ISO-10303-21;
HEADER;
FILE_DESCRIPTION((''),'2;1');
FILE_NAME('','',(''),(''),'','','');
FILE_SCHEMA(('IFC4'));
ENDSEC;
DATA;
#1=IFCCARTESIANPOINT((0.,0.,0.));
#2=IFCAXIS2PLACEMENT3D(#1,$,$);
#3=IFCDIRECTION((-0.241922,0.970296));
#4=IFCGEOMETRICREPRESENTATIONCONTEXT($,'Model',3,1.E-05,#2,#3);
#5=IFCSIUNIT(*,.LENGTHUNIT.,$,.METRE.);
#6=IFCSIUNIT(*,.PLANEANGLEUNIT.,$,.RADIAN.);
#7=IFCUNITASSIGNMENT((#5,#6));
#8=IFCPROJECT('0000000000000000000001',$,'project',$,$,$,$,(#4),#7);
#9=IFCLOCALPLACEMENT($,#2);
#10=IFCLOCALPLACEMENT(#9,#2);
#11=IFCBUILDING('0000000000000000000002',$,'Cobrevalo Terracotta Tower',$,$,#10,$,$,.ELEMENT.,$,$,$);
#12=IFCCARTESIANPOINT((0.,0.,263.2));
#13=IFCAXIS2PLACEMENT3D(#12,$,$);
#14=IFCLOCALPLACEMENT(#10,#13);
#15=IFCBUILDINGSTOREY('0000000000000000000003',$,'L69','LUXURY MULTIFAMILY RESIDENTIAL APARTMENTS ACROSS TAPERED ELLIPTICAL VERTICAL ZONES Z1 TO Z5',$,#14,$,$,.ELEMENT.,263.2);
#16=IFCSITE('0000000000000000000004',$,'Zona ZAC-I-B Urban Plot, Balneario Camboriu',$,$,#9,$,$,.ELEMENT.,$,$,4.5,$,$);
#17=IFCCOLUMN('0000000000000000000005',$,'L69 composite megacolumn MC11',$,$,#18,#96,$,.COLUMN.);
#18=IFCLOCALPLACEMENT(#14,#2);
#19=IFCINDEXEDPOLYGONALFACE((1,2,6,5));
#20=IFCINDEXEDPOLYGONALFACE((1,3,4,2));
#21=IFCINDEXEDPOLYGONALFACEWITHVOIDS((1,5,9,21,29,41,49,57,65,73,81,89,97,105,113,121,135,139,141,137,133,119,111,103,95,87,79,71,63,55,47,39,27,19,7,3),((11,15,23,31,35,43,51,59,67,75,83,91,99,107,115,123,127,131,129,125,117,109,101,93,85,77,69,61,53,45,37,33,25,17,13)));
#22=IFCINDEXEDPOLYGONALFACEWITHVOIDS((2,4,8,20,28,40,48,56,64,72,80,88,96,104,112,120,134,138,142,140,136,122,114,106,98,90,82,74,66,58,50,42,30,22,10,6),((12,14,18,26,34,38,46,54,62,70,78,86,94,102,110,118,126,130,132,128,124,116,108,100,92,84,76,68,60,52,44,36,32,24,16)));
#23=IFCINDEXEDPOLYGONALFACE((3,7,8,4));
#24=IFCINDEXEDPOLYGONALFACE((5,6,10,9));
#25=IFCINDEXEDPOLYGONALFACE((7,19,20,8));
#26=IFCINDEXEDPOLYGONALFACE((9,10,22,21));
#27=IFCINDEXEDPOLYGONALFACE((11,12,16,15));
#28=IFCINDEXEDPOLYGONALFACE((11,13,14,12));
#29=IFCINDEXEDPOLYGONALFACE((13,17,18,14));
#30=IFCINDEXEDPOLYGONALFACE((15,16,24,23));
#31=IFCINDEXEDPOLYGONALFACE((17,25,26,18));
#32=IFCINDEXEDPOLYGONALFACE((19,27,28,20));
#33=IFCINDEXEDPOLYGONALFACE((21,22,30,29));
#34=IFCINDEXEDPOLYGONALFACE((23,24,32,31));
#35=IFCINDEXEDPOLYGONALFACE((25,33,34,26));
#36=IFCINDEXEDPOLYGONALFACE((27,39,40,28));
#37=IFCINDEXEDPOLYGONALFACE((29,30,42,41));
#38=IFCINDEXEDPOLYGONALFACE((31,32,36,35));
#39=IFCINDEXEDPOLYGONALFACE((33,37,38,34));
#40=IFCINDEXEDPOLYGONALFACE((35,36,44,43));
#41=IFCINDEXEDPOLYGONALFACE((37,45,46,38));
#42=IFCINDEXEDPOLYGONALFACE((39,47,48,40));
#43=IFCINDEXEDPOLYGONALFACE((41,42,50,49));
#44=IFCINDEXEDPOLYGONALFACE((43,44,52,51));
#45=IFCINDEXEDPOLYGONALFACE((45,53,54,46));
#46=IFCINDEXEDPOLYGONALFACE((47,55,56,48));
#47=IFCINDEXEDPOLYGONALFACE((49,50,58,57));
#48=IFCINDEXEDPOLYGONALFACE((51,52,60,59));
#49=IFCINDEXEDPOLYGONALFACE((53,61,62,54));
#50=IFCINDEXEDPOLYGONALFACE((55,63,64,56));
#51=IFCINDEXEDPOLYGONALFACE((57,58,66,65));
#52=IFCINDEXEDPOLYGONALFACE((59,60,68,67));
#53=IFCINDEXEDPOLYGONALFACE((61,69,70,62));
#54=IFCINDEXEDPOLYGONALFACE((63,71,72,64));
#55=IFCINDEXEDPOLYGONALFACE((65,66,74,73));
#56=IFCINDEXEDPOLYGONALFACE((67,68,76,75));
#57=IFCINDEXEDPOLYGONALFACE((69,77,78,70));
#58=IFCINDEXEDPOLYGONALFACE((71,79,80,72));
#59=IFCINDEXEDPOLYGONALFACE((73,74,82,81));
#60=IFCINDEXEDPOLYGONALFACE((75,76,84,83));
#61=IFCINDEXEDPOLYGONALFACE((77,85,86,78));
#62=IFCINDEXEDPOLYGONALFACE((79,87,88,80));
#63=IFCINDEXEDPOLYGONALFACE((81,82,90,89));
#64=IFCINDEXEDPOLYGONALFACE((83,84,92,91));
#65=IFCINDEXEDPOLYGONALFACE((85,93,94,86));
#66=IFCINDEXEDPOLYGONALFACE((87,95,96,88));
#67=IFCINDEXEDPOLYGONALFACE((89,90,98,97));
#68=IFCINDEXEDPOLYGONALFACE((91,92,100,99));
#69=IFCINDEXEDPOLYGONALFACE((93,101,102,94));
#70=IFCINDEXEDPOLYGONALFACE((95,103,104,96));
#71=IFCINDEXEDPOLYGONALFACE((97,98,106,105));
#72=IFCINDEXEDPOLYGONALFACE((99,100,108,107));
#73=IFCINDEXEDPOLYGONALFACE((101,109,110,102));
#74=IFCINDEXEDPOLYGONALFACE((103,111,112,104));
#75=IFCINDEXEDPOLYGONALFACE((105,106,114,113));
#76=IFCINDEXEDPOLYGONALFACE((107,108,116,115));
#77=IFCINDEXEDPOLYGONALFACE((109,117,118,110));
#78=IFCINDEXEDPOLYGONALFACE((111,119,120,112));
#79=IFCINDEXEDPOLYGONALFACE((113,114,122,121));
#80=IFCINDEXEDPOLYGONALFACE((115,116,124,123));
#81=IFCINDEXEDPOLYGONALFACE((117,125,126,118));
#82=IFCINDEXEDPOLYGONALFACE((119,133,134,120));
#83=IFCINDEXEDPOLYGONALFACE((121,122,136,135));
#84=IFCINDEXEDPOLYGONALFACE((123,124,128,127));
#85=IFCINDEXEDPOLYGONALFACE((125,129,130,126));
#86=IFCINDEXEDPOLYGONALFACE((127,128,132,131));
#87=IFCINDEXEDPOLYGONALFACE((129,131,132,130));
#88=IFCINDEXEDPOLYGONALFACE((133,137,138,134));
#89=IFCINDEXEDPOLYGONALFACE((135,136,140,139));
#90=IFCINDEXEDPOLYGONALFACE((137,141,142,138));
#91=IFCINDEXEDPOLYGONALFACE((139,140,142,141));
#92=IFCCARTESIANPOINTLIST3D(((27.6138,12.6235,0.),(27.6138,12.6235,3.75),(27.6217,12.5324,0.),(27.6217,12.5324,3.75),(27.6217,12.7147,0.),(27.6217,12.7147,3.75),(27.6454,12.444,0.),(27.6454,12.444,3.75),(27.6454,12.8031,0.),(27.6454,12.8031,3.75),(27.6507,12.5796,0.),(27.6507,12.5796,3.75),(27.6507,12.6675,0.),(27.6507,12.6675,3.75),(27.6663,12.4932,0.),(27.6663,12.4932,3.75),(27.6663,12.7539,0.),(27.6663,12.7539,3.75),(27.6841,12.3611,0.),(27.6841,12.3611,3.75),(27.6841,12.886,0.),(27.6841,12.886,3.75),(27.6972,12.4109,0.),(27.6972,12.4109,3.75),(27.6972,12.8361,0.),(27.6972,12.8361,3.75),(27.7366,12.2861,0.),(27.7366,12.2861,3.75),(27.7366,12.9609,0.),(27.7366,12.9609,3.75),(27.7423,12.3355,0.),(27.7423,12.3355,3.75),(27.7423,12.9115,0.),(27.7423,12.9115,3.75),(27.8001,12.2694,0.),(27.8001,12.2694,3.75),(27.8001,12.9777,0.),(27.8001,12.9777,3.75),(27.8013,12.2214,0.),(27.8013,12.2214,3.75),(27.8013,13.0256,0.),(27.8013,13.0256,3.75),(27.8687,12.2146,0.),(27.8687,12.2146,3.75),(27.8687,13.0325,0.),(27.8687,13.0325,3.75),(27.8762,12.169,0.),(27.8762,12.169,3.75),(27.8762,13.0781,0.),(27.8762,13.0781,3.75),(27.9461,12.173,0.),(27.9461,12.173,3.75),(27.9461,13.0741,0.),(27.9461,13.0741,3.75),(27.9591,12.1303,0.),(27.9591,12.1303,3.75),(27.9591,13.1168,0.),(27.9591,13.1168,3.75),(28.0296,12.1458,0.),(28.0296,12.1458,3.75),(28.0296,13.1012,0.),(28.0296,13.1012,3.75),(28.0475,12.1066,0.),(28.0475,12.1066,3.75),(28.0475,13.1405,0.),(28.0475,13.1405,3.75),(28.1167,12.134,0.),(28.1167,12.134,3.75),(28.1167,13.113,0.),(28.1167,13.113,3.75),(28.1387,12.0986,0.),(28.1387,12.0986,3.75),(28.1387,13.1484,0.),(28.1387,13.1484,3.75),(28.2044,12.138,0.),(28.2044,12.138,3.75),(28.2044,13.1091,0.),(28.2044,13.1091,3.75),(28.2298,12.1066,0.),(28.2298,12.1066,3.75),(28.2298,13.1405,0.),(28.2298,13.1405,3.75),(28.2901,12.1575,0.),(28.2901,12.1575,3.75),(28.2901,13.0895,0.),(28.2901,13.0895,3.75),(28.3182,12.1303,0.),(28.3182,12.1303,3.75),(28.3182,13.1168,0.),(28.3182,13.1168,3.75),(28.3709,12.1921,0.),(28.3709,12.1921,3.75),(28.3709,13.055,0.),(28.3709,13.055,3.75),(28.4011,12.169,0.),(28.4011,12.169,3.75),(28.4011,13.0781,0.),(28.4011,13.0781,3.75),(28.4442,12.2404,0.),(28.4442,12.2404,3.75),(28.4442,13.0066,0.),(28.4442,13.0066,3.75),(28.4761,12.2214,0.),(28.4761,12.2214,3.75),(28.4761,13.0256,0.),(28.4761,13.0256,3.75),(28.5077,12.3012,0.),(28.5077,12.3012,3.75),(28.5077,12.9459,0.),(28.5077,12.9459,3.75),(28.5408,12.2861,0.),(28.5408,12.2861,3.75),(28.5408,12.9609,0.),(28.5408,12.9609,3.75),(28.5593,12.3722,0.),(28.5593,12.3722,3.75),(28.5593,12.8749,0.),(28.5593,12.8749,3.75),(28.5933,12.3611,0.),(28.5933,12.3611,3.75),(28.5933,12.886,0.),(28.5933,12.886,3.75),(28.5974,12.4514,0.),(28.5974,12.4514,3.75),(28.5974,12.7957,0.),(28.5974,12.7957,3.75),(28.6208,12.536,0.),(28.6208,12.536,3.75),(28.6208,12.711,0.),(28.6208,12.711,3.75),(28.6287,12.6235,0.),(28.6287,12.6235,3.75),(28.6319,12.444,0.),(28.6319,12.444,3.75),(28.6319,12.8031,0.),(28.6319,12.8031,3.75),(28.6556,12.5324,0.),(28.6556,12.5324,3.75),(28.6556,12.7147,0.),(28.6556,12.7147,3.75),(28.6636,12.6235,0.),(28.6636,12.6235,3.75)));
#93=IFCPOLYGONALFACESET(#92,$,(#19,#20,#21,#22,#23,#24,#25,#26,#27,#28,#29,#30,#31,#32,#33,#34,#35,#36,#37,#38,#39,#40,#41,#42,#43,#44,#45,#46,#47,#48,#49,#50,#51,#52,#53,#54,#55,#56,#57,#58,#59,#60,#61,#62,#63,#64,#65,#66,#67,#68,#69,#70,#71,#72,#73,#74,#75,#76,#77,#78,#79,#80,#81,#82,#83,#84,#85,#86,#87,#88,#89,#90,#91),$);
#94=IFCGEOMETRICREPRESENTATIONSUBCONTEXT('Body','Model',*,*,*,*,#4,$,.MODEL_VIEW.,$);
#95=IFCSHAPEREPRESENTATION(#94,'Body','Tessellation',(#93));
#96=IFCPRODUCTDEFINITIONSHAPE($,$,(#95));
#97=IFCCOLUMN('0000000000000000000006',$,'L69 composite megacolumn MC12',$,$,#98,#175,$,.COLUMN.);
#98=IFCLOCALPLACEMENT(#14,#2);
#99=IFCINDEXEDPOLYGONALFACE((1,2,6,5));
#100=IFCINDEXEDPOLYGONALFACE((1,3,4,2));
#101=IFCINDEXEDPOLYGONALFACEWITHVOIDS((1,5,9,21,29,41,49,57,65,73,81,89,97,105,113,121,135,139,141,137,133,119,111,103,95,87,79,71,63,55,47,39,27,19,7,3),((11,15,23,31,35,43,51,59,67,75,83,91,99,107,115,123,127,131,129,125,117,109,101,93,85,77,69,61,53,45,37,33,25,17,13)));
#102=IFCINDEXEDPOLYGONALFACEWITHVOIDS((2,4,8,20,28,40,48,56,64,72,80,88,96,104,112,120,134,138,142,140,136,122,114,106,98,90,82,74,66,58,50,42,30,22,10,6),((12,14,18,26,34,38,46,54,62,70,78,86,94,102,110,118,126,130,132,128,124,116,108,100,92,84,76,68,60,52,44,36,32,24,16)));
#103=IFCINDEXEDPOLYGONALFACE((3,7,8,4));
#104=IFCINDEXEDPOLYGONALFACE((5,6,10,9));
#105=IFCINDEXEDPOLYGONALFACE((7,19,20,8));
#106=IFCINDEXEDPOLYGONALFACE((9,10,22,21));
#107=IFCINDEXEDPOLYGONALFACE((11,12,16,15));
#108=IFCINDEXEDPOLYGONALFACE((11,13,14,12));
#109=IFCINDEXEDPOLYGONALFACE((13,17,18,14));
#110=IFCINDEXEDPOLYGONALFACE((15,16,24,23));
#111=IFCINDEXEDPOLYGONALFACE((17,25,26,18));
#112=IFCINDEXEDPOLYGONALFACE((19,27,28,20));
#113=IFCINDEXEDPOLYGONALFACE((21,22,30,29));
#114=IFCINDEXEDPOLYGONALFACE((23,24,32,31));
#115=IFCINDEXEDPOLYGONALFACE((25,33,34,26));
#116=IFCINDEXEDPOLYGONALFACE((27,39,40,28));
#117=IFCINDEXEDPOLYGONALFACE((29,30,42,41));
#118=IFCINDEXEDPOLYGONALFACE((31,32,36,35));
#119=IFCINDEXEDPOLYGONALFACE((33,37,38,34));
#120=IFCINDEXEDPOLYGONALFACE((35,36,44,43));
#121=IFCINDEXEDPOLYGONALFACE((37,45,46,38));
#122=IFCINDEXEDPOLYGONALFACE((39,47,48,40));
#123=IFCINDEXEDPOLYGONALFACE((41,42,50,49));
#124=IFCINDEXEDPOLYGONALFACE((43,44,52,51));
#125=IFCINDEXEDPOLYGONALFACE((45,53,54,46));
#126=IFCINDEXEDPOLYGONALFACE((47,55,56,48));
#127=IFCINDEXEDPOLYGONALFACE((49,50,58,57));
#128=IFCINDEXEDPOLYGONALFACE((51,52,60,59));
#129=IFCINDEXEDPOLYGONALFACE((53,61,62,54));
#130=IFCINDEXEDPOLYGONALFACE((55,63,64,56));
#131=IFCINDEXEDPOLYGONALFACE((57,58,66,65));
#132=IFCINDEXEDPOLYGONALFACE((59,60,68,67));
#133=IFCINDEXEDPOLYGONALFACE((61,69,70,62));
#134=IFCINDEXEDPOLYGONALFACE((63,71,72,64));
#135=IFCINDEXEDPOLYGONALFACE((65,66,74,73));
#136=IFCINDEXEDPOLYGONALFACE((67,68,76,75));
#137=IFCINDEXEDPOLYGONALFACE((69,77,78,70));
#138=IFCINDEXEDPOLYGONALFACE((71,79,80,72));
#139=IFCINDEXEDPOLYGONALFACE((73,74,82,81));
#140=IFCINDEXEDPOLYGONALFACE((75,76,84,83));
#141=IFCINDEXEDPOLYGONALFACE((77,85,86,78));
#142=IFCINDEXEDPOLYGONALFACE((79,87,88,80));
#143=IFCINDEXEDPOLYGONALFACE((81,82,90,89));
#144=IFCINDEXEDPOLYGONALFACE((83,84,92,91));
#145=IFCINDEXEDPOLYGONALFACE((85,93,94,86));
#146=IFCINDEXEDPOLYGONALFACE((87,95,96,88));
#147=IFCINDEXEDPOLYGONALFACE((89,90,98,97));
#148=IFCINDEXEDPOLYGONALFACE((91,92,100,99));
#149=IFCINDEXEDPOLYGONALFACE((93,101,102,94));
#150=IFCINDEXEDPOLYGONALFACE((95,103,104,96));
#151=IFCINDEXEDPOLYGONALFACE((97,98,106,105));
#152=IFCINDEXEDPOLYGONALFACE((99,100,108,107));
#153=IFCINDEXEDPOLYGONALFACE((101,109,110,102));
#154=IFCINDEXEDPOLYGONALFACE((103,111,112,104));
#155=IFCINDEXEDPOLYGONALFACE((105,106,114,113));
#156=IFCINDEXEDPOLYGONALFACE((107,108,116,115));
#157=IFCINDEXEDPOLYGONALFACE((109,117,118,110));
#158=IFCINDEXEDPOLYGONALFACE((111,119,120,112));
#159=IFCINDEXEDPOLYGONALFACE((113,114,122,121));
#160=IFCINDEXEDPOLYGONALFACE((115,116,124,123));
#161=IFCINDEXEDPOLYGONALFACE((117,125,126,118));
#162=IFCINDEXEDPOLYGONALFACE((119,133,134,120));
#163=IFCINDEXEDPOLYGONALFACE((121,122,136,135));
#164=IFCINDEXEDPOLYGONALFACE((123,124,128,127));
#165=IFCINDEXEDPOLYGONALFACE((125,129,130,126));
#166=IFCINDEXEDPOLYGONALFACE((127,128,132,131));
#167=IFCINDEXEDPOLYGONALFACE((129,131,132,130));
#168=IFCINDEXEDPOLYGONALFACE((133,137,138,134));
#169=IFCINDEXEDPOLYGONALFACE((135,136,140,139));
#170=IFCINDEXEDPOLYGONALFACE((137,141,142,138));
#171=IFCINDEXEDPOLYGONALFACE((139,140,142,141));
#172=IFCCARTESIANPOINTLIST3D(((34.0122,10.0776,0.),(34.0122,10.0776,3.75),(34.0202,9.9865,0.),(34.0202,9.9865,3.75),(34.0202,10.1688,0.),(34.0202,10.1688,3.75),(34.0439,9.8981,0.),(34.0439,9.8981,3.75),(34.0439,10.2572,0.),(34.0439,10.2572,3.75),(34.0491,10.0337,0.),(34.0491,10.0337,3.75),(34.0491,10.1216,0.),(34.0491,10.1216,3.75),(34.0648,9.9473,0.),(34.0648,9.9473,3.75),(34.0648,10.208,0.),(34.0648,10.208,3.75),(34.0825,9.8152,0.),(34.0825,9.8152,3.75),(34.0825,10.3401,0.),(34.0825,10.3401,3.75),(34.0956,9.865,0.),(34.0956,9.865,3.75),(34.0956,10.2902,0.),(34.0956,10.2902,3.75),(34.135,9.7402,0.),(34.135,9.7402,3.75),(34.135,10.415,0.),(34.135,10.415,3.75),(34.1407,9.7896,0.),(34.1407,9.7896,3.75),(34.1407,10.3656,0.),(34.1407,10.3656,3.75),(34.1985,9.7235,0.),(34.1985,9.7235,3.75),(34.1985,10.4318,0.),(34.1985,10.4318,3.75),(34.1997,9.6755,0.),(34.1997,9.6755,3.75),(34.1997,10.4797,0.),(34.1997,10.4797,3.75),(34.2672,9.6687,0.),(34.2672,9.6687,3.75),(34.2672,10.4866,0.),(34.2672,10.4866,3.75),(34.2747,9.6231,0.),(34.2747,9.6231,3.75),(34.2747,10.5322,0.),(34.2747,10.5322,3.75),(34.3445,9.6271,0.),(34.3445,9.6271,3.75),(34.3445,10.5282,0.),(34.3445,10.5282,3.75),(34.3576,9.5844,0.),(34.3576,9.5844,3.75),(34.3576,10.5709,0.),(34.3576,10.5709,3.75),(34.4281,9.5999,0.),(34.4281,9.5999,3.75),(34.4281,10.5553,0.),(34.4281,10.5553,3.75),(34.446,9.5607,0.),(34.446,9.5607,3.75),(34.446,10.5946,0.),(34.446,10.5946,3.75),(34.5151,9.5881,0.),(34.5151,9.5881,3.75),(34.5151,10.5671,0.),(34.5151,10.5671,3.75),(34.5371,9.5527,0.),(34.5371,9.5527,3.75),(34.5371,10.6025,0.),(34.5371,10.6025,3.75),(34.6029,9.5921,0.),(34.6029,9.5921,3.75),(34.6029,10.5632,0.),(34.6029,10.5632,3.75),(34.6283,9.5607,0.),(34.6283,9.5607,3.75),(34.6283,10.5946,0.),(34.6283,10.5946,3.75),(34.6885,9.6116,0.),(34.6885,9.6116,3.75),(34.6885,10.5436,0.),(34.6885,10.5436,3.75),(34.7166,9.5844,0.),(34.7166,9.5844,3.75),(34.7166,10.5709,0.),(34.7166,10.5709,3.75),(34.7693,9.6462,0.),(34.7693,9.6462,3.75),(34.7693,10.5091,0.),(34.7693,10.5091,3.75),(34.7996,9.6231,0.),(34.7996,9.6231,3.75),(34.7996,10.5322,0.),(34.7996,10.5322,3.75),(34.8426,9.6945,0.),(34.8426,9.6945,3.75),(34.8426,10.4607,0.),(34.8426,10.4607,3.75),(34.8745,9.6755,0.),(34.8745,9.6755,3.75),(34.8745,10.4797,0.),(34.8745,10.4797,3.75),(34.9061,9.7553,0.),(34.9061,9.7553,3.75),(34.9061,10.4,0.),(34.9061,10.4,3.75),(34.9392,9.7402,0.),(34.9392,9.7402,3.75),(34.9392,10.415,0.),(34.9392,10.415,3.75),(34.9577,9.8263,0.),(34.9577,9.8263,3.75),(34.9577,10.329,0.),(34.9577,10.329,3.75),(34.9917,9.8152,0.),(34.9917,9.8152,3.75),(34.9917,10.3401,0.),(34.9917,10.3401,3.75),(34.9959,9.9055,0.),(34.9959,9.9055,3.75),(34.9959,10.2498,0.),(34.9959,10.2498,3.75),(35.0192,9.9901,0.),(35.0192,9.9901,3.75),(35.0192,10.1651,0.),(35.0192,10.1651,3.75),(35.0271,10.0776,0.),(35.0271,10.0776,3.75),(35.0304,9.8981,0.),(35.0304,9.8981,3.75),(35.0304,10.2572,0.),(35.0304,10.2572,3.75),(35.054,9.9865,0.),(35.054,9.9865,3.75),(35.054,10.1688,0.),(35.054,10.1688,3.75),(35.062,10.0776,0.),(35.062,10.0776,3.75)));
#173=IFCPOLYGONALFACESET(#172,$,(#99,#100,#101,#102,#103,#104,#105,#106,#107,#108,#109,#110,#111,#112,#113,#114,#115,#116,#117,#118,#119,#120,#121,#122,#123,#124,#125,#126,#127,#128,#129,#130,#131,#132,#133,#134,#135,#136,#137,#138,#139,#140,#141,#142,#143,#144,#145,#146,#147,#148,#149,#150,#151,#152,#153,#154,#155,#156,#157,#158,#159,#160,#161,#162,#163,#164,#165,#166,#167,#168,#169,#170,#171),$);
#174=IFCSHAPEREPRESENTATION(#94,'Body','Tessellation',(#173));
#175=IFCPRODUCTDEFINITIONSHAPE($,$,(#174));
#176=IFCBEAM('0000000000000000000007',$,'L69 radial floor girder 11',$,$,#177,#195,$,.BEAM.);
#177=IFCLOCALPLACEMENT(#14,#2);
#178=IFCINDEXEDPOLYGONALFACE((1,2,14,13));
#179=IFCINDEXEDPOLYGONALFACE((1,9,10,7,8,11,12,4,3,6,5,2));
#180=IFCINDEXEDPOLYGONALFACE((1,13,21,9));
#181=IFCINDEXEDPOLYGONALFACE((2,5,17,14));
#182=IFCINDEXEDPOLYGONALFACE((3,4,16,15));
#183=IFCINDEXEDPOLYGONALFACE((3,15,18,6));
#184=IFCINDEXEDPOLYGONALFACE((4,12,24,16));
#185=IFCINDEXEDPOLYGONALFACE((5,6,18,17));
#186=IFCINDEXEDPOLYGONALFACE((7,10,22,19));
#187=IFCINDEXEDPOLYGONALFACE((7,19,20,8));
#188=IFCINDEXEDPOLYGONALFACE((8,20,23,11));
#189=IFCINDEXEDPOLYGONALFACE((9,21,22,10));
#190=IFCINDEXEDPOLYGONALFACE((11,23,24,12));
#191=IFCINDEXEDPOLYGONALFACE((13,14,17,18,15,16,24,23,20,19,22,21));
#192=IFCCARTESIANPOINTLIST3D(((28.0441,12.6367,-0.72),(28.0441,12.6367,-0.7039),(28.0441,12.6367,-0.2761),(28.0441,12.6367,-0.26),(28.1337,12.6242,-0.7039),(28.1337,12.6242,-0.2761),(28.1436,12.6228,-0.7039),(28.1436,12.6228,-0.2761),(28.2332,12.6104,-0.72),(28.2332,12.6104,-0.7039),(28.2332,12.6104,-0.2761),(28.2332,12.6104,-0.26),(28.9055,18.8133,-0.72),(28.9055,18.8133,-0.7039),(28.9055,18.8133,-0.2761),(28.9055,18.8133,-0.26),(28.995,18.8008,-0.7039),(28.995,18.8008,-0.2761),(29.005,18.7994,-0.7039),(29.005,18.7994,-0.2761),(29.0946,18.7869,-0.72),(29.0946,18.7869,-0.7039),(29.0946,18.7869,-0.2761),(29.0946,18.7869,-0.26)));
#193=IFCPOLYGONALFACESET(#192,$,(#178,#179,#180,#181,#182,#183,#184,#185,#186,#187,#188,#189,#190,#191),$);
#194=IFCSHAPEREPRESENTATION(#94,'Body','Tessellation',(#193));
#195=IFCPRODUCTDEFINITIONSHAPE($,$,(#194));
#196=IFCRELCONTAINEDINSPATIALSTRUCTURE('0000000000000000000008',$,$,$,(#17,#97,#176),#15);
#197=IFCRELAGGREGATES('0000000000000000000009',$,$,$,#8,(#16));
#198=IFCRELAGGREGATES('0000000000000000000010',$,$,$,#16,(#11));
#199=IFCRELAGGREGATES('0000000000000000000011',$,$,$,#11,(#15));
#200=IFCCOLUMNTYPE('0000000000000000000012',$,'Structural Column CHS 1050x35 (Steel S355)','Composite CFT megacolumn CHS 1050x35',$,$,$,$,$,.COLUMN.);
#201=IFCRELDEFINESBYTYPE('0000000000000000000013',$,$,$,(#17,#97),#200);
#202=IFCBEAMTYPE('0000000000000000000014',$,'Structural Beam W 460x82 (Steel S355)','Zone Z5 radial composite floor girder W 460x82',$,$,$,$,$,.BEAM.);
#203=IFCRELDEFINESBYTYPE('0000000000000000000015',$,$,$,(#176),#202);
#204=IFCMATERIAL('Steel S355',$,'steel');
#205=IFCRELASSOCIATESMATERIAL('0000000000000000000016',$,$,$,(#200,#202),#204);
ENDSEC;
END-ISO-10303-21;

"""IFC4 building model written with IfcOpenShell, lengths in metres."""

from ifc_helpers import new_model, si_unit, direction, frame, origin, origin_2d, place, context, subcontext, project, spatial, hollow_circle, i_section, extrude, material, material_profile, profile_set, type_object, element, save


model = new_model("IFC4")

# Units and contexts
model_context = context("Model", 3, precision=1e-05, world=origin(), true_north=direction((-0.241922, 0.970296)))
body_context = subcontext(model_context, "Body", "Model", "MODEL_VIEW")
ifc_project = project(units=[si_unit("LENGTHUNIT", "METRE"), si_unit("PLANEANGLEUNIT", "RADIAN")], contexts=[model_context])

# Site, building, storey
site_placement = place(None, origin())
site = spatial("IfcSite", under=ifc_project, at=site_placement, Name="Zona ZAC-I-B Urban Plot, Balneario Camboriu", CompositionType="ELEMENT", RefElevation=4.5)
building_placement = place(site_placement, origin())
building = spatial("IfcBuilding", under=site, at=building_placement, Name="Cobrevalo Terracotta Tower", CompositionType="ELEMENT")
storey_placement = place(building_placement, frame((0.0, 0.0, 263.2)))
storey = spatial("IfcBuildingStorey", under=building, at=storey_placement, Name="L69", Description="LUXURY MULTIFAMILY RESIDENTIAL APARTMENTS ACROSS TAPERED ELLIPTICAL VERTICAL ZONES Z1 TO Z5", CompositionType="ELEMENT", Elevation=263.2)

# Columns
ifc_material_1 = material(Name="Steel S355", Category="steel")
ifc_material_profile_1 = material_profile(ifc_material_1, hollow_circle(Radius=0.5249, WallThickness=0.0349, at=origin_2d()), Name="CHS 1050x35")
ifc_profile_set_1 = profile_set([ifc_material_profile_1], Name="Steel S355")
column_type = type_object("IfcColumnType", Name="Structural Column CHS 1050x35 (Steel S355)", Description="Composite CFT megacolumn CHS 1050x35", PredefinedType="COLUMN", material=ifc_profile_set_1)
for number, where, z_axis, x_axis, name in (
    (1, (28.1387, 12.6235, 0.0), (0.0, 0.0, 1.0), (1.0, 0.0, 0.0), "L69 composite megacolumn MC11"),
    (2, (34.5371, 10.0776, 0.0), (0.0, 0.0, 1.0), (1.0, 0.0, 0.0), "L69 composite megacolumn MC12"),
):
    element("IfcColumn", number, at=place(storey_placement, frame(where, z_axis=z_axis, x_axis=x_axis)), inside=storey, type_object=column_type, Name=name, PredefinedType="COLUMN", context=body_context, shape_type="SweptSolid", body=[
        extrude(hollow_circle(Radius=0.5249, WallThickness=0.0349, at=origin_2d()), origin(), (0.0, 0.0, 1.0), 3.75),
    ])

# Beam
ifc_material_profile_2 = material_profile(ifc_material_1, i_section(OverallWidth=0.1909, OverallDepth=0.46, WebThickness=0.01, FlangeThickness=0.0161, at=origin_2d()), Name="W 460x82")
ifc_profile_set_2 = profile_set([ifc_material_profile_2], Name="Steel S355")
beam_type_1 = type_object("IfcBeamType", Name="Structural Beam W 460x82 (Steel S355)", Description="Zone Z5 radial composite floor girder W 460x82", PredefinedType="BEAM", material=ifc_profile_set_2)
beam_1_placement = place(storey_placement, frame((28.1387, 12.6235, -0.49), z_axis=(0.138116, 0.990416, 0.0), x_axis=(-0.990416, 0.138116, 0.0)))
element("IfcBeam", 3, at=beam_1_placement, inside=storey, type_object=beam_type_1, Name="L69 radial floor girder 11", PredefinedType="BEAM", context=body_context, shape_type="SweptSolid", body=[
    extrude(i_section(OverallWidth=0.1909, OverallDepth=0.46, WebThickness=0.01, FlangeThickness=0.0161, at=origin_2d()), origin(), (0.0, 0.0, 1.0), 6.2363),
])

save(model, "model.ifc")
